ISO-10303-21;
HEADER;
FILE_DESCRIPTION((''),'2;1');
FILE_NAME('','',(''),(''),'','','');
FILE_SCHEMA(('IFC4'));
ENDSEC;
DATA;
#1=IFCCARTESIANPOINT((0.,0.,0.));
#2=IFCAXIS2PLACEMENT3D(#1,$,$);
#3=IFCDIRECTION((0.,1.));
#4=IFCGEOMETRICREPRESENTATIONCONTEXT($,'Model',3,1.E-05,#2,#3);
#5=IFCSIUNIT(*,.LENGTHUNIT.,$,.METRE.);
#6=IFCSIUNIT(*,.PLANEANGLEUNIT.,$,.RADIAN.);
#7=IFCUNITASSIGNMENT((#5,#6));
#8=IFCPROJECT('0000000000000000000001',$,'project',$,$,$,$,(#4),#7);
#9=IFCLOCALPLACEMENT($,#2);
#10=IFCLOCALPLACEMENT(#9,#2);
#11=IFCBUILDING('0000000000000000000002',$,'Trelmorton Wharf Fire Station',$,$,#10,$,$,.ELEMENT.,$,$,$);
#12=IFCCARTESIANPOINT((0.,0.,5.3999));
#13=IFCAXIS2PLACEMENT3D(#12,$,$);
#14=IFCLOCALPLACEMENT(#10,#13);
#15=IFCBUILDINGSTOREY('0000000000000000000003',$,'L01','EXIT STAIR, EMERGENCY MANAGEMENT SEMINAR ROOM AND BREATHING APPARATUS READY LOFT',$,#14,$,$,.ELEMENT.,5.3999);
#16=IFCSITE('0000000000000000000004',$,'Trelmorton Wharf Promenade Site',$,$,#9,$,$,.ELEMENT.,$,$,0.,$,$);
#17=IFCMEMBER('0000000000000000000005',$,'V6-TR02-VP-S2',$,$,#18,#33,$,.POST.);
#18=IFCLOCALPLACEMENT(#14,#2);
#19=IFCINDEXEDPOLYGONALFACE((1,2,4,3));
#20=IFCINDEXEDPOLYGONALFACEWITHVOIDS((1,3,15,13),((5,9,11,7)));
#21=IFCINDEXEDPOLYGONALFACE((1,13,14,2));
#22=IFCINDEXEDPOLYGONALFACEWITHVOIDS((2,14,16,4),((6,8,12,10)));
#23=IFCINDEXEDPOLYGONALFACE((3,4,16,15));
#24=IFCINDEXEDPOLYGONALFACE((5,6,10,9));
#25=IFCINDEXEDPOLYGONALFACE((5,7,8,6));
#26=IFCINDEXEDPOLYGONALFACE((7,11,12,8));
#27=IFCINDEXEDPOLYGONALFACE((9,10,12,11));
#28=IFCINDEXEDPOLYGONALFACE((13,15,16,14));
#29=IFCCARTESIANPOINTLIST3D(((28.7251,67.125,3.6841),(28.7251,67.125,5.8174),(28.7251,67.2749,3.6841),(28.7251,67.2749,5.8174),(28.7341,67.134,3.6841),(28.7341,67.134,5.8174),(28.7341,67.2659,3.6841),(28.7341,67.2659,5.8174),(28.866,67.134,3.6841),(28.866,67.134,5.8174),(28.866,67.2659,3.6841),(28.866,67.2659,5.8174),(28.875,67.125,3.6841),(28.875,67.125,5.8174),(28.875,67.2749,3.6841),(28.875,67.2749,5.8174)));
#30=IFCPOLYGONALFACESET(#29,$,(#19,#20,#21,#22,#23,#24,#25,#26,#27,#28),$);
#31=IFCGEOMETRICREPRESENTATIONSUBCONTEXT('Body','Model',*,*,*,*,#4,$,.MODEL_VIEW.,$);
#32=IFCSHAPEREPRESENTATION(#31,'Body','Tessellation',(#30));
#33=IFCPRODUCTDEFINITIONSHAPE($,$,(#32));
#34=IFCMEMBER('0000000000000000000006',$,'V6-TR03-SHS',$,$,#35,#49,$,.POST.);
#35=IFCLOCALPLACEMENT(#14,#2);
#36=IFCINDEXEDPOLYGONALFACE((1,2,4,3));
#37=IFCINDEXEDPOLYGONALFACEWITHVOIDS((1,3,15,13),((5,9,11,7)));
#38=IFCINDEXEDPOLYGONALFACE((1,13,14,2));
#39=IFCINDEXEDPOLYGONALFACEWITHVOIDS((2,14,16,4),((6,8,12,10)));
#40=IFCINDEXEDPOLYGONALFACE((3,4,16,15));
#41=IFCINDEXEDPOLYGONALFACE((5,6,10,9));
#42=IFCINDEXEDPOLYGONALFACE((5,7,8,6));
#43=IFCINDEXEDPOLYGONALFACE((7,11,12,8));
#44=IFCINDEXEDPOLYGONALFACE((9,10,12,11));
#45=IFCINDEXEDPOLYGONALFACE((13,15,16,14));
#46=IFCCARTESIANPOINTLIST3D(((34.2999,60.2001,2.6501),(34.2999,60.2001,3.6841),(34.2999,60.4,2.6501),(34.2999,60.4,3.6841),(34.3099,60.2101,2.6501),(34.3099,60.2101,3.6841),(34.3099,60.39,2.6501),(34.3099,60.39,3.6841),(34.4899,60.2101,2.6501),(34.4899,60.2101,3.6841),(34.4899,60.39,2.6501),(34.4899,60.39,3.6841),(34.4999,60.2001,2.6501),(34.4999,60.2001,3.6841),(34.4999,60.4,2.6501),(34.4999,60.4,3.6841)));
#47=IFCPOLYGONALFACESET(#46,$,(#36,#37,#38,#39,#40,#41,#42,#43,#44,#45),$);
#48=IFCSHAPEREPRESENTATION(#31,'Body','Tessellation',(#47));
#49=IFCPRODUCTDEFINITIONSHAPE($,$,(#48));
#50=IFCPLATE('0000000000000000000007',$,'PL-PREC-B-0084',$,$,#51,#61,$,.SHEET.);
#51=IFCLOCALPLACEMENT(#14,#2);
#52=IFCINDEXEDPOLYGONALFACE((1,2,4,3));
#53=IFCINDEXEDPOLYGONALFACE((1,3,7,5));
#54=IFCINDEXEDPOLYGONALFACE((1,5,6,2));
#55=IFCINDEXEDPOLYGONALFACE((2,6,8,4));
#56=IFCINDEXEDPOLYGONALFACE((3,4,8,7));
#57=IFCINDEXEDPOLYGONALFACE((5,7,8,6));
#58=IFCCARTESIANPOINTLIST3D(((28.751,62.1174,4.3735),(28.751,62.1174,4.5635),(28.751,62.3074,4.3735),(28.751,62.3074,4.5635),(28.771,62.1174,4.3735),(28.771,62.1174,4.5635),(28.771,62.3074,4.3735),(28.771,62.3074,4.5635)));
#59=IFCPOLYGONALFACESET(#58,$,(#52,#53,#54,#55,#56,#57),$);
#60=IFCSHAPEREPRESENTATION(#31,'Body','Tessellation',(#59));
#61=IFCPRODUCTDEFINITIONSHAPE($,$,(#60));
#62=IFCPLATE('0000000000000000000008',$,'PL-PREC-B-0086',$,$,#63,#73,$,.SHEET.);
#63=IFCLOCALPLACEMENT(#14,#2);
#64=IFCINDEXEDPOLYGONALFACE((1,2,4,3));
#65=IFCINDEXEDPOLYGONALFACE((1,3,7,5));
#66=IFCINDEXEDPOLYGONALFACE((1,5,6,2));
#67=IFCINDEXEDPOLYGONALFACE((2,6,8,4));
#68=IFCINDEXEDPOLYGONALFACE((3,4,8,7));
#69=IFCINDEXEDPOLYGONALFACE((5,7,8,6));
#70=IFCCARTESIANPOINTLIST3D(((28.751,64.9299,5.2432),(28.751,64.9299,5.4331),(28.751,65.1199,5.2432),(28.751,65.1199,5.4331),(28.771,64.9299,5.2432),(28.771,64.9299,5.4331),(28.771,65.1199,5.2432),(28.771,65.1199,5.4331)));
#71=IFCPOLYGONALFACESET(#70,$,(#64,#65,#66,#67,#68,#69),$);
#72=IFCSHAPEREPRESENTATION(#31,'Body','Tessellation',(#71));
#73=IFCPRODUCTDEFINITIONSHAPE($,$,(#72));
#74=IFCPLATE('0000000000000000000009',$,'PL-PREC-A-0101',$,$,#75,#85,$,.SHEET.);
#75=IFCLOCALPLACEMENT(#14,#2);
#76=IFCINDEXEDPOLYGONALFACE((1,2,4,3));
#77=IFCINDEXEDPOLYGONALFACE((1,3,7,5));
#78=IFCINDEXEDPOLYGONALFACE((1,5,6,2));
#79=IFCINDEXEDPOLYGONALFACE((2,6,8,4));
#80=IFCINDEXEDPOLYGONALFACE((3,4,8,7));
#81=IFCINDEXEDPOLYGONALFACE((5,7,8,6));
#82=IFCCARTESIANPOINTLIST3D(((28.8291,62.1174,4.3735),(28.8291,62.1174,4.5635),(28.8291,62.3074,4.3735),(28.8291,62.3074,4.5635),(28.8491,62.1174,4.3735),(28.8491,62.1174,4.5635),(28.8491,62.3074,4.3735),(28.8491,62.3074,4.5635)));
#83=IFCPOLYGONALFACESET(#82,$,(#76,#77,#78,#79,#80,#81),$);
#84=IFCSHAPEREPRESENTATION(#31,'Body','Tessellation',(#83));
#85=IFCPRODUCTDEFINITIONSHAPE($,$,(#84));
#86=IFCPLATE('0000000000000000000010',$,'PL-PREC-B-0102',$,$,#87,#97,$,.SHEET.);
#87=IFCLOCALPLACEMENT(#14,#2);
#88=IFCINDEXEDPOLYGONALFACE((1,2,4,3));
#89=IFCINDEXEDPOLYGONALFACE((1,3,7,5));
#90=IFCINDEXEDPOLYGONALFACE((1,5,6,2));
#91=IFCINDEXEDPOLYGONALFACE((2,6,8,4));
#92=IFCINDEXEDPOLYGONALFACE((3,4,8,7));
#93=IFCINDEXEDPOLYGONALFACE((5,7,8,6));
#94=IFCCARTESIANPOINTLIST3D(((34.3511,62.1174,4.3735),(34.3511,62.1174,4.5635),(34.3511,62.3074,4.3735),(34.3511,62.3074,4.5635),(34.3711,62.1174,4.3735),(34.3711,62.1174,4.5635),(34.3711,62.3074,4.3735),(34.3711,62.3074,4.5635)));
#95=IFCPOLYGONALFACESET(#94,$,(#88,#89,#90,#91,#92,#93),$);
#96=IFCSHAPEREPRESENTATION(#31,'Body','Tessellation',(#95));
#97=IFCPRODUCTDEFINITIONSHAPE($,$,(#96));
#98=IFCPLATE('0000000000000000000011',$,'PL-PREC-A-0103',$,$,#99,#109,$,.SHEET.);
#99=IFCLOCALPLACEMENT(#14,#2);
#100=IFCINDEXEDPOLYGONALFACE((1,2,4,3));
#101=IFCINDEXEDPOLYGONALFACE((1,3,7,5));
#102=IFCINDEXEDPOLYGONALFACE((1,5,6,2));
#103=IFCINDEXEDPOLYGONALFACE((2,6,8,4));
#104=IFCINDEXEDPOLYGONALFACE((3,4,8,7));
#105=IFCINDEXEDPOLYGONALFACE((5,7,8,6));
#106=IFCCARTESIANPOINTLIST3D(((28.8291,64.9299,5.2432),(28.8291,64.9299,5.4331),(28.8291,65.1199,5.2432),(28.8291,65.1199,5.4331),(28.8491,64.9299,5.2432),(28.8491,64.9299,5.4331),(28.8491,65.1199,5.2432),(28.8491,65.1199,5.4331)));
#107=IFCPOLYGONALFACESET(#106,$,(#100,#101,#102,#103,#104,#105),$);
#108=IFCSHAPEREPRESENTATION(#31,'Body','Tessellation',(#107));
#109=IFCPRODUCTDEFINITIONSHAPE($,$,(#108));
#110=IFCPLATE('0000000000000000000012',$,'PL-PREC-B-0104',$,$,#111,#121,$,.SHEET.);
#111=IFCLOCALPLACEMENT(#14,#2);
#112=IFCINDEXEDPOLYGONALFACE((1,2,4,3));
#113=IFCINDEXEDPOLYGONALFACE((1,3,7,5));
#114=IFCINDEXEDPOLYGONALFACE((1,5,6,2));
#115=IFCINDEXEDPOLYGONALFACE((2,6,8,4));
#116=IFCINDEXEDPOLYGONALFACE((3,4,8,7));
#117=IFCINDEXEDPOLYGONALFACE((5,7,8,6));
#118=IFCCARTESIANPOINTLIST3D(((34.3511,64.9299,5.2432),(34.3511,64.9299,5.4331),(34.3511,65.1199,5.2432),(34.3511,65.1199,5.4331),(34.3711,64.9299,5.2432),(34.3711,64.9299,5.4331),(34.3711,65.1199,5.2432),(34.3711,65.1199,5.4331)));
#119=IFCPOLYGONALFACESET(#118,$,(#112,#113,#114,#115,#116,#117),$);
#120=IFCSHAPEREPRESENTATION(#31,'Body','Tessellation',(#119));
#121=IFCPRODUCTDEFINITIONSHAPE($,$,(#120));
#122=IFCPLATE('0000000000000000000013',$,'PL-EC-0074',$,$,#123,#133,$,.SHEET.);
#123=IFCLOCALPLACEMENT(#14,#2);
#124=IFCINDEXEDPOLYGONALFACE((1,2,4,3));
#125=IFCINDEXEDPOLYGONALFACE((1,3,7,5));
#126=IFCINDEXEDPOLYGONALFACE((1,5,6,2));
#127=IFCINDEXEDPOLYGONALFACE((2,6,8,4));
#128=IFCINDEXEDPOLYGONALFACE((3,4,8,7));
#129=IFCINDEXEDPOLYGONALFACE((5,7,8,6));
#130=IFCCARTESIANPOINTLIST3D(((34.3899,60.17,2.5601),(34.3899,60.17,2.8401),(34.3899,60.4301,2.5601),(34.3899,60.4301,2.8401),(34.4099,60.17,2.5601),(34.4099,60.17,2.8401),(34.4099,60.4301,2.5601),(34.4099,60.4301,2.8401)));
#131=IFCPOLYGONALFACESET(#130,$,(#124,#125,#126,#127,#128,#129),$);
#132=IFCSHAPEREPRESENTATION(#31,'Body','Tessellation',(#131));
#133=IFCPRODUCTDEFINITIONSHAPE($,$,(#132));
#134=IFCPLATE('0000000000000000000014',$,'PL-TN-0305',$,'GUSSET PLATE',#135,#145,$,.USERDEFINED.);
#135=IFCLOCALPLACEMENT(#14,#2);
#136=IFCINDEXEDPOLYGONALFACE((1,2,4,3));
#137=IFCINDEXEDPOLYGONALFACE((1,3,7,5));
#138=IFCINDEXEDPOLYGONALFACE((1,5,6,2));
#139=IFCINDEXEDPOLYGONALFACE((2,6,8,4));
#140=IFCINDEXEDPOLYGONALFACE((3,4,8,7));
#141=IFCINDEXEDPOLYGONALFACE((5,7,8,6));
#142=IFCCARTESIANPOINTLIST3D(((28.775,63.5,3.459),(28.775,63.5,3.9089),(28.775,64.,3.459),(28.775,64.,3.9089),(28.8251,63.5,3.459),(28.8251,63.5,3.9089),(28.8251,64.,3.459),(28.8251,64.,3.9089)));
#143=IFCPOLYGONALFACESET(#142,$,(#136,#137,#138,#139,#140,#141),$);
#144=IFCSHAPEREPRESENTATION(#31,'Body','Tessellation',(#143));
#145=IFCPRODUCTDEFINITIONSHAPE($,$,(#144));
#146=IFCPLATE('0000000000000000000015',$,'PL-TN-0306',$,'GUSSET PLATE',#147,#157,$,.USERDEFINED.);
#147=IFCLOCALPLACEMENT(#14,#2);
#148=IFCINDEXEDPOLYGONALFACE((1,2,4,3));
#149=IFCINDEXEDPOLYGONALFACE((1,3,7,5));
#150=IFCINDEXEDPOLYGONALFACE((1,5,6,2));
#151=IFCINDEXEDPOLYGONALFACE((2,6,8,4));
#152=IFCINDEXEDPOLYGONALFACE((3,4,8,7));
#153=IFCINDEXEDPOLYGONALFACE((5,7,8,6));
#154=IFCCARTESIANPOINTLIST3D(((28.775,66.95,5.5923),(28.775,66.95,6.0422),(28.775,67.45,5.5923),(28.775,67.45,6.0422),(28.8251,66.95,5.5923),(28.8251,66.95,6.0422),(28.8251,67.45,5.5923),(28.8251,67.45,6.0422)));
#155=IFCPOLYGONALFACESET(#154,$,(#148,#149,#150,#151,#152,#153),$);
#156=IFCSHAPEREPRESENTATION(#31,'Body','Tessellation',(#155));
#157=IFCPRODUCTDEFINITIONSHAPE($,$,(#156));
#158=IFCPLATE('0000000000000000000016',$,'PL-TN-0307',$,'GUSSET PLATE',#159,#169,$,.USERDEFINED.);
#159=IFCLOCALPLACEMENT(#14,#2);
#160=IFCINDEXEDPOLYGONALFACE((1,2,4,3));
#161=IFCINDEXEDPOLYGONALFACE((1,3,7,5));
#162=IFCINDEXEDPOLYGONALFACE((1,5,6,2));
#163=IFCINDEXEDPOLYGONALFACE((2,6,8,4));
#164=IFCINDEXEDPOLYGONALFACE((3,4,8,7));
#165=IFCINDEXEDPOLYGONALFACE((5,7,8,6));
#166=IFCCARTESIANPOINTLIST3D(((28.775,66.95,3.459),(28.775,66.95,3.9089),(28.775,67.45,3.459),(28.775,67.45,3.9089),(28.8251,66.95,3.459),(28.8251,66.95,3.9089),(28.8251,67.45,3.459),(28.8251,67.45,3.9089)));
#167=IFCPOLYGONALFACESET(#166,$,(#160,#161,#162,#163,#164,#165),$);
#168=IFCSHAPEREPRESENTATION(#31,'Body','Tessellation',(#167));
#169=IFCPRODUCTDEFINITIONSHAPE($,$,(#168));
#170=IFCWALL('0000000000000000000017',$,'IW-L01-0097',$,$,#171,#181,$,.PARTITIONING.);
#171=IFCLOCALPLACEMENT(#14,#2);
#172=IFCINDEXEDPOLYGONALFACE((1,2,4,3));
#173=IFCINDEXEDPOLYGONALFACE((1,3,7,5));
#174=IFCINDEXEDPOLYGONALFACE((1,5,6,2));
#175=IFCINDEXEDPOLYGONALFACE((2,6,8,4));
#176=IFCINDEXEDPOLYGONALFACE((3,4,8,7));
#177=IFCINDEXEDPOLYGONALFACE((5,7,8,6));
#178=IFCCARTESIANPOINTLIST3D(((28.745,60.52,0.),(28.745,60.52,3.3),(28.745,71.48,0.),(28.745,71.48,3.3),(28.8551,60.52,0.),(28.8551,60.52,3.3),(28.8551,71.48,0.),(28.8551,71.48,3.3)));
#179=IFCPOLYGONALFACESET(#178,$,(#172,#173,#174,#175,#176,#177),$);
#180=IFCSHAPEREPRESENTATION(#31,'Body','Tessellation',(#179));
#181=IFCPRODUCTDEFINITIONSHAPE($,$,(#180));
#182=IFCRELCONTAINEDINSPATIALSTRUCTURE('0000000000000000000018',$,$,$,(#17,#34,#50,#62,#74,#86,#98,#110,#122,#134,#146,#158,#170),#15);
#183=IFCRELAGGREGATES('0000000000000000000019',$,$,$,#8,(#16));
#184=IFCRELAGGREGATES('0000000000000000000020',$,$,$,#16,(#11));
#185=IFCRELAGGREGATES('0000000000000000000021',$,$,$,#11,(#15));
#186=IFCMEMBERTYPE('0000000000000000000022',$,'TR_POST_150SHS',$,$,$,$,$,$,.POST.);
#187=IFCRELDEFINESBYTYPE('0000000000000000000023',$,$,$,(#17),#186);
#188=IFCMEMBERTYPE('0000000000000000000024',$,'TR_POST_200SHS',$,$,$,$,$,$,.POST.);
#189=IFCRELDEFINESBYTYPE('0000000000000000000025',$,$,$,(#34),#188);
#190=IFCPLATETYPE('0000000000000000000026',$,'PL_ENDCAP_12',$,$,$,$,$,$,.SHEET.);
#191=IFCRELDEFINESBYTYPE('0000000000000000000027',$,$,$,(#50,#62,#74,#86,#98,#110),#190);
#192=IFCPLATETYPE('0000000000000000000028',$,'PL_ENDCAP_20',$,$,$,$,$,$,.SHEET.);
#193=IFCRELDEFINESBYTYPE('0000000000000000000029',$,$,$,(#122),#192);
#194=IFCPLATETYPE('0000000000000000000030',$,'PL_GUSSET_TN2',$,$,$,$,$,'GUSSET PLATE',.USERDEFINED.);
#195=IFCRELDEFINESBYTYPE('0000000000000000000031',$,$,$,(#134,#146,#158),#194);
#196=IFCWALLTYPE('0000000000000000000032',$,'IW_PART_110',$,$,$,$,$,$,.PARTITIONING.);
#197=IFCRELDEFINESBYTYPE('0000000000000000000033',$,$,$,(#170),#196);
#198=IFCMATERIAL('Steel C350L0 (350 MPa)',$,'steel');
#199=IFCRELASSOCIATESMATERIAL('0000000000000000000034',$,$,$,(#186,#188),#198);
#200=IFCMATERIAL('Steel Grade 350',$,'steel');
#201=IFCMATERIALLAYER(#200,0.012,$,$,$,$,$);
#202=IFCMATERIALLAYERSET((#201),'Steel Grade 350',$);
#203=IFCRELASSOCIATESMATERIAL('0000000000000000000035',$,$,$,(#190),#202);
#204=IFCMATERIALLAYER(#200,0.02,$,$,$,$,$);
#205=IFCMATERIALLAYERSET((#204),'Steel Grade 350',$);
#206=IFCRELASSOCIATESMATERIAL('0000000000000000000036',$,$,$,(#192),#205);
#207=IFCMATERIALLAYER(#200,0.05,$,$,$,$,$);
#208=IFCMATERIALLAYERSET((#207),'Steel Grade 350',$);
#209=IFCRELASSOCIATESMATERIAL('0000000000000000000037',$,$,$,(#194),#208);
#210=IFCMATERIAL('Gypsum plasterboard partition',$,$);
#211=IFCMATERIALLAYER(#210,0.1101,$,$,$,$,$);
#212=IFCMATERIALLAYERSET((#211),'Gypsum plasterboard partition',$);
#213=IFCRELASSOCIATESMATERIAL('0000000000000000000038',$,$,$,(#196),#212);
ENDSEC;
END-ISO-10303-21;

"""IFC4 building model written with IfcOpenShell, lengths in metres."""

from ifc_helpers import new_model, si_unit, direction, frame, frame_2d, origin, origin_2d, place, context, subcontext, project, spatial, rectangle, hollow_rectangle, extrude, material, layer, layer_set, material_profile, profile_set, type_object, element, save


model = new_model("IFC4")

# Units and contexts
model_context = context("Model", 3, precision=1e-05, world=origin(), true_north=direction((0.0, 1.0)))
body_context = subcontext(model_context, "Body", "Model", "MODEL_VIEW")
ifc_project = project(units=[si_unit("LENGTHUNIT", "METRE"), si_unit("PLANEANGLEUNIT", "RADIAN")], contexts=[model_context])

# Site, building, storey
site_placement = place(None, origin())
site = spatial("IfcSite", under=ifc_project, at=site_placement, Name="Trelmorton Wharf Promenade Site", CompositionType="ELEMENT", RefElevation=0.0)
building_placement = place(site_placement, origin())
building = spatial("IfcBuilding", under=site, at=building_placement, Name="Trelmorton Wharf Fire Station", CompositionType="ELEMENT")
storey_placement = place(building_placement, frame((0.0, 0.0, 5.3999)))
storey = spatial("IfcBuildingStorey", under=building, at=storey_placement, Name="L01", Description="EXIT STAIR, EMERGENCY MANAGEMENT SEMINAR ROOM AND BREATHING APPARATUS READY LOFT", CompositionType="ELEMENT", Elevation=5.3999)

# Shared definitions
ifc_material_1 = material(Name="Steel Grade 350", Category="steel")

# Members
ifc_material_2 = material(Name="Steel C350L0 (350 MPa)", Category="steel")
ifc_material_profile_1 = material_profile(ifc_material_2, hollow_rectangle(XDim=0.1499, YDim=0.1499, WallThickness=0.009, at=origin_2d()), Name="150x150x9.0SHS")
ifc_profile_set_1 = profile_set([ifc_material_profile_1], Name="Steel C350L0 (350 MPa)")
member_type_1 = type_object("IfcMemberType", Name="TR_POST_150SHS", PredefinedType="POST", material=ifc_profile_set_1)
member_1_placement = place(storey_placement, frame((28.8, 67.2, 3.6841), z_axis=(0.0, 0.0, 1.0), x_axis=(1.0, 0.0, 0.0)))
element("IfcMember", 1, at=member_1_placement, inside=storey, type_object=member_type_1, Name="V6-TR02-VP-S2", PredefinedType="POST", context=body_context, shape_type="SweptSolid", body=[
    extrude(hollow_rectangle(XDim=0.1499, YDim=0.1499, WallThickness=0.009, at=origin_2d()), origin(), (0.0, 0.0, 1.0), 2.1333),
])
ifc_material_profile_2 = material_profile(ifc_material_2, hollow_rectangle(XDim=0.2, YDim=0.2, WallThickness=0.01, at=origin_2d()), Name="200x200x10.0SHS")
ifc_profile_set_2 = profile_set([ifc_material_profile_2], Name="Steel C350L0 (350 MPa)")
member_type_2 = type_object("IfcMemberType", Name="TR_POST_200SHS", PredefinedType="POST", material=ifc_profile_set_2)
member_2_placement = place(storey_placement, frame((34.3999, 60.3, 2.6501), z_axis=(0.0, 0.0, 1.0), x_axis=(1.0, 0.0, 0.0)))
element("IfcMember", 2, at=member_2_placement, inside=storey, type_object=member_type_2, Name="V6-TR03-SHS", PredefinedType="POST", context=body_context, shape_type="SweptSolid", body=[
    extrude(hollow_rectangle(XDim=0.2, YDim=0.2, WallThickness=0.01, at=origin_2d()), origin(), (0.0, 0.0, 1.0), 1.0339),
])

# Plates
ifc_layer_1 = layer(ifc_material_1, 0.012)
ifc_layer_set_1 = layer_set([ifc_layer_1], Name="Steel Grade 350")
plate_type_1 = type_object("IfcPlateType", Name="PL_ENDCAP_12", PredefinedType="SHEET", material=ifc_layer_set_1)
for number, where, z_axis, x_axis, name in (
    (3, (28.761, 62.2124, 4.3735), (0.0, 0.0, 1.0), (1.0, 0.0, 0.0), "PL-PREC-B-0084"),
    (4, (28.761, 65.0249, 5.2432), (0.0, 0.0, 1.0), (1.0, 0.0, 0.0), "PL-PREC-B-0086"),
    (5, (28.8391, 62.2124, 4.3735), (0.0, 0.0, 1.0), (1.0, 0.0, 0.0), "PL-PREC-A-0101"),
    (6, (34.3611, 62.2124, 4.3735), (0.0, 0.0, 1.0), (1.0, 0.0, 0.0), "PL-PREC-B-0102"),
    (7, (28.8391, 65.0249, 5.2432), (0.0, 0.0, 1.0), (1.0, 0.0, 0.0), "PL-PREC-A-0103"),
    (8, (34.3611, 65.0249, 5.2432), (0.0, 0.0, 1.0), (1.0, 0.0, 0.0), "PL-PREC-B-0104"),
):
    element("IfcPlate", number, at=place(storey_placement, frame(where, z_axis=z_axis, x_axis=x_axis)), inside=storey, type_object=plate_type_1, Name=name, PredefinedType="SHEET", context=body_context, shape_type="SweptSolid", body=[
        extrude(rectangle(XDim=0.02, YDim=0.1899, at=origin_2d()), origin(), (0.0, 0.0, 1.0), 0.1899),
    ])
ifc_layer_2 = layer(ifc_material_1, 0.02)
ifc_layer_set_2 = layer_set([ifc_layer_2], Name="Steel Grade 350")
plate_type_2 = type_object("IfcPlateType", Name="PL_ENDCAP_20", PredefinedType="SHEET", material=ifc_layer_set_2)
plate_placement = place(storey_placement, frame((34.3999, 60.3, 2.5601), z_axis=(0.0, 0.0, 1.0), x_axis=(1.0, 0.0, 0.0)))
element("IfcPlate", 9, at=plate_placement, inside=storey, type_object=plate_type_2, Name="PL-EC-0074", PredefinedType="SHEET", context=body_context, shape_type="SweptSolid", body=[
    extrude(rectangle(XDim=0.02, YDim=0.26, at=origin_2d()), origin(), (0.0, 0.0, 1.0), 0.28),
])
ifc_layer_3 = layer(ifc_material_1, 0.05)
ifc_layer_set_3 = layer_set([ifc_layer_3], Name="Steel Grade 350")
plate_type_3 = type_object("IfcPlateType", Name="PL_GUSSET_TN2", ElementType="GUSSET PLATE", PredefinedType="USERDEFINED", material=ifc_layer_set_3)
for number, where, z_axis, x_axis, name in (
    (10, (28.8, 63.75, 3.459), (0.0, 0.0, 1.0), (1.0, 0.0, 0.0), "PL-TN-0305"),
    (11, (28.8, 67.2, 5.5923), (0.0, 0.0, 1.0), (1.0, 0.0, 0.0), "PL-TN-0306"),
    (12, (28.8, 67.2, 3.459), (0.0, 0.0, 1.0), (1.0, 0.0, 0.0), "PL-TN-0307"),
):
    element("IfcPlate", number, at=place(storey_placement, frame(where, z_axis=z_axis, x_axis=x_axis)), inside=storey, type_object=plate_type_3, Name=name, ObjectType="GUSSET PLATE", PredefinedType="USERDEFINED", context=body_context, shape_type="SweptSolid", body=[
        extrude(rectangle(XDim=0.05, YDim=0.5, at=origin_2d()), origin(), (0.0, 0.0, 1.0), 0.45),
    ])

# Wall
ifc_material_3 = material(Name="Gypsum plasterboard partition")
ifc_layer_4 = layer(ifc_material_3, 0.1101)
ifc_layer_set_4 = layer_set([ifc_layer_4], Name="Gypsum plasterboard partition")
wall_type = type_object("IfcWallType", Name="IW_PART_110", PredefinedType="PARTITIONING", material=ifc_layer_set_4)
wall_placement = place(storey_placement, frame((28.8, 60.52, 0.0), z_axis=(0.0, 0.0, 1.0), x_axis=(0.0, 1.0, 0.0)))
element("IfcWall", 13, at=wall_placement, inside=storey, type_object=wall_type, Name="IW-L01-0097", PredefinedType="PARTITIONING", context=body_context, shape_type="SweptSolid", body=[
    extrude(rectangle(XDim=10.96, YDim=0.1101, at=frame_2d((5.48, 0.0))), origin(), (0.0, 0.0, 1.0), 3.3),
])

save(model, "model.ifc")
